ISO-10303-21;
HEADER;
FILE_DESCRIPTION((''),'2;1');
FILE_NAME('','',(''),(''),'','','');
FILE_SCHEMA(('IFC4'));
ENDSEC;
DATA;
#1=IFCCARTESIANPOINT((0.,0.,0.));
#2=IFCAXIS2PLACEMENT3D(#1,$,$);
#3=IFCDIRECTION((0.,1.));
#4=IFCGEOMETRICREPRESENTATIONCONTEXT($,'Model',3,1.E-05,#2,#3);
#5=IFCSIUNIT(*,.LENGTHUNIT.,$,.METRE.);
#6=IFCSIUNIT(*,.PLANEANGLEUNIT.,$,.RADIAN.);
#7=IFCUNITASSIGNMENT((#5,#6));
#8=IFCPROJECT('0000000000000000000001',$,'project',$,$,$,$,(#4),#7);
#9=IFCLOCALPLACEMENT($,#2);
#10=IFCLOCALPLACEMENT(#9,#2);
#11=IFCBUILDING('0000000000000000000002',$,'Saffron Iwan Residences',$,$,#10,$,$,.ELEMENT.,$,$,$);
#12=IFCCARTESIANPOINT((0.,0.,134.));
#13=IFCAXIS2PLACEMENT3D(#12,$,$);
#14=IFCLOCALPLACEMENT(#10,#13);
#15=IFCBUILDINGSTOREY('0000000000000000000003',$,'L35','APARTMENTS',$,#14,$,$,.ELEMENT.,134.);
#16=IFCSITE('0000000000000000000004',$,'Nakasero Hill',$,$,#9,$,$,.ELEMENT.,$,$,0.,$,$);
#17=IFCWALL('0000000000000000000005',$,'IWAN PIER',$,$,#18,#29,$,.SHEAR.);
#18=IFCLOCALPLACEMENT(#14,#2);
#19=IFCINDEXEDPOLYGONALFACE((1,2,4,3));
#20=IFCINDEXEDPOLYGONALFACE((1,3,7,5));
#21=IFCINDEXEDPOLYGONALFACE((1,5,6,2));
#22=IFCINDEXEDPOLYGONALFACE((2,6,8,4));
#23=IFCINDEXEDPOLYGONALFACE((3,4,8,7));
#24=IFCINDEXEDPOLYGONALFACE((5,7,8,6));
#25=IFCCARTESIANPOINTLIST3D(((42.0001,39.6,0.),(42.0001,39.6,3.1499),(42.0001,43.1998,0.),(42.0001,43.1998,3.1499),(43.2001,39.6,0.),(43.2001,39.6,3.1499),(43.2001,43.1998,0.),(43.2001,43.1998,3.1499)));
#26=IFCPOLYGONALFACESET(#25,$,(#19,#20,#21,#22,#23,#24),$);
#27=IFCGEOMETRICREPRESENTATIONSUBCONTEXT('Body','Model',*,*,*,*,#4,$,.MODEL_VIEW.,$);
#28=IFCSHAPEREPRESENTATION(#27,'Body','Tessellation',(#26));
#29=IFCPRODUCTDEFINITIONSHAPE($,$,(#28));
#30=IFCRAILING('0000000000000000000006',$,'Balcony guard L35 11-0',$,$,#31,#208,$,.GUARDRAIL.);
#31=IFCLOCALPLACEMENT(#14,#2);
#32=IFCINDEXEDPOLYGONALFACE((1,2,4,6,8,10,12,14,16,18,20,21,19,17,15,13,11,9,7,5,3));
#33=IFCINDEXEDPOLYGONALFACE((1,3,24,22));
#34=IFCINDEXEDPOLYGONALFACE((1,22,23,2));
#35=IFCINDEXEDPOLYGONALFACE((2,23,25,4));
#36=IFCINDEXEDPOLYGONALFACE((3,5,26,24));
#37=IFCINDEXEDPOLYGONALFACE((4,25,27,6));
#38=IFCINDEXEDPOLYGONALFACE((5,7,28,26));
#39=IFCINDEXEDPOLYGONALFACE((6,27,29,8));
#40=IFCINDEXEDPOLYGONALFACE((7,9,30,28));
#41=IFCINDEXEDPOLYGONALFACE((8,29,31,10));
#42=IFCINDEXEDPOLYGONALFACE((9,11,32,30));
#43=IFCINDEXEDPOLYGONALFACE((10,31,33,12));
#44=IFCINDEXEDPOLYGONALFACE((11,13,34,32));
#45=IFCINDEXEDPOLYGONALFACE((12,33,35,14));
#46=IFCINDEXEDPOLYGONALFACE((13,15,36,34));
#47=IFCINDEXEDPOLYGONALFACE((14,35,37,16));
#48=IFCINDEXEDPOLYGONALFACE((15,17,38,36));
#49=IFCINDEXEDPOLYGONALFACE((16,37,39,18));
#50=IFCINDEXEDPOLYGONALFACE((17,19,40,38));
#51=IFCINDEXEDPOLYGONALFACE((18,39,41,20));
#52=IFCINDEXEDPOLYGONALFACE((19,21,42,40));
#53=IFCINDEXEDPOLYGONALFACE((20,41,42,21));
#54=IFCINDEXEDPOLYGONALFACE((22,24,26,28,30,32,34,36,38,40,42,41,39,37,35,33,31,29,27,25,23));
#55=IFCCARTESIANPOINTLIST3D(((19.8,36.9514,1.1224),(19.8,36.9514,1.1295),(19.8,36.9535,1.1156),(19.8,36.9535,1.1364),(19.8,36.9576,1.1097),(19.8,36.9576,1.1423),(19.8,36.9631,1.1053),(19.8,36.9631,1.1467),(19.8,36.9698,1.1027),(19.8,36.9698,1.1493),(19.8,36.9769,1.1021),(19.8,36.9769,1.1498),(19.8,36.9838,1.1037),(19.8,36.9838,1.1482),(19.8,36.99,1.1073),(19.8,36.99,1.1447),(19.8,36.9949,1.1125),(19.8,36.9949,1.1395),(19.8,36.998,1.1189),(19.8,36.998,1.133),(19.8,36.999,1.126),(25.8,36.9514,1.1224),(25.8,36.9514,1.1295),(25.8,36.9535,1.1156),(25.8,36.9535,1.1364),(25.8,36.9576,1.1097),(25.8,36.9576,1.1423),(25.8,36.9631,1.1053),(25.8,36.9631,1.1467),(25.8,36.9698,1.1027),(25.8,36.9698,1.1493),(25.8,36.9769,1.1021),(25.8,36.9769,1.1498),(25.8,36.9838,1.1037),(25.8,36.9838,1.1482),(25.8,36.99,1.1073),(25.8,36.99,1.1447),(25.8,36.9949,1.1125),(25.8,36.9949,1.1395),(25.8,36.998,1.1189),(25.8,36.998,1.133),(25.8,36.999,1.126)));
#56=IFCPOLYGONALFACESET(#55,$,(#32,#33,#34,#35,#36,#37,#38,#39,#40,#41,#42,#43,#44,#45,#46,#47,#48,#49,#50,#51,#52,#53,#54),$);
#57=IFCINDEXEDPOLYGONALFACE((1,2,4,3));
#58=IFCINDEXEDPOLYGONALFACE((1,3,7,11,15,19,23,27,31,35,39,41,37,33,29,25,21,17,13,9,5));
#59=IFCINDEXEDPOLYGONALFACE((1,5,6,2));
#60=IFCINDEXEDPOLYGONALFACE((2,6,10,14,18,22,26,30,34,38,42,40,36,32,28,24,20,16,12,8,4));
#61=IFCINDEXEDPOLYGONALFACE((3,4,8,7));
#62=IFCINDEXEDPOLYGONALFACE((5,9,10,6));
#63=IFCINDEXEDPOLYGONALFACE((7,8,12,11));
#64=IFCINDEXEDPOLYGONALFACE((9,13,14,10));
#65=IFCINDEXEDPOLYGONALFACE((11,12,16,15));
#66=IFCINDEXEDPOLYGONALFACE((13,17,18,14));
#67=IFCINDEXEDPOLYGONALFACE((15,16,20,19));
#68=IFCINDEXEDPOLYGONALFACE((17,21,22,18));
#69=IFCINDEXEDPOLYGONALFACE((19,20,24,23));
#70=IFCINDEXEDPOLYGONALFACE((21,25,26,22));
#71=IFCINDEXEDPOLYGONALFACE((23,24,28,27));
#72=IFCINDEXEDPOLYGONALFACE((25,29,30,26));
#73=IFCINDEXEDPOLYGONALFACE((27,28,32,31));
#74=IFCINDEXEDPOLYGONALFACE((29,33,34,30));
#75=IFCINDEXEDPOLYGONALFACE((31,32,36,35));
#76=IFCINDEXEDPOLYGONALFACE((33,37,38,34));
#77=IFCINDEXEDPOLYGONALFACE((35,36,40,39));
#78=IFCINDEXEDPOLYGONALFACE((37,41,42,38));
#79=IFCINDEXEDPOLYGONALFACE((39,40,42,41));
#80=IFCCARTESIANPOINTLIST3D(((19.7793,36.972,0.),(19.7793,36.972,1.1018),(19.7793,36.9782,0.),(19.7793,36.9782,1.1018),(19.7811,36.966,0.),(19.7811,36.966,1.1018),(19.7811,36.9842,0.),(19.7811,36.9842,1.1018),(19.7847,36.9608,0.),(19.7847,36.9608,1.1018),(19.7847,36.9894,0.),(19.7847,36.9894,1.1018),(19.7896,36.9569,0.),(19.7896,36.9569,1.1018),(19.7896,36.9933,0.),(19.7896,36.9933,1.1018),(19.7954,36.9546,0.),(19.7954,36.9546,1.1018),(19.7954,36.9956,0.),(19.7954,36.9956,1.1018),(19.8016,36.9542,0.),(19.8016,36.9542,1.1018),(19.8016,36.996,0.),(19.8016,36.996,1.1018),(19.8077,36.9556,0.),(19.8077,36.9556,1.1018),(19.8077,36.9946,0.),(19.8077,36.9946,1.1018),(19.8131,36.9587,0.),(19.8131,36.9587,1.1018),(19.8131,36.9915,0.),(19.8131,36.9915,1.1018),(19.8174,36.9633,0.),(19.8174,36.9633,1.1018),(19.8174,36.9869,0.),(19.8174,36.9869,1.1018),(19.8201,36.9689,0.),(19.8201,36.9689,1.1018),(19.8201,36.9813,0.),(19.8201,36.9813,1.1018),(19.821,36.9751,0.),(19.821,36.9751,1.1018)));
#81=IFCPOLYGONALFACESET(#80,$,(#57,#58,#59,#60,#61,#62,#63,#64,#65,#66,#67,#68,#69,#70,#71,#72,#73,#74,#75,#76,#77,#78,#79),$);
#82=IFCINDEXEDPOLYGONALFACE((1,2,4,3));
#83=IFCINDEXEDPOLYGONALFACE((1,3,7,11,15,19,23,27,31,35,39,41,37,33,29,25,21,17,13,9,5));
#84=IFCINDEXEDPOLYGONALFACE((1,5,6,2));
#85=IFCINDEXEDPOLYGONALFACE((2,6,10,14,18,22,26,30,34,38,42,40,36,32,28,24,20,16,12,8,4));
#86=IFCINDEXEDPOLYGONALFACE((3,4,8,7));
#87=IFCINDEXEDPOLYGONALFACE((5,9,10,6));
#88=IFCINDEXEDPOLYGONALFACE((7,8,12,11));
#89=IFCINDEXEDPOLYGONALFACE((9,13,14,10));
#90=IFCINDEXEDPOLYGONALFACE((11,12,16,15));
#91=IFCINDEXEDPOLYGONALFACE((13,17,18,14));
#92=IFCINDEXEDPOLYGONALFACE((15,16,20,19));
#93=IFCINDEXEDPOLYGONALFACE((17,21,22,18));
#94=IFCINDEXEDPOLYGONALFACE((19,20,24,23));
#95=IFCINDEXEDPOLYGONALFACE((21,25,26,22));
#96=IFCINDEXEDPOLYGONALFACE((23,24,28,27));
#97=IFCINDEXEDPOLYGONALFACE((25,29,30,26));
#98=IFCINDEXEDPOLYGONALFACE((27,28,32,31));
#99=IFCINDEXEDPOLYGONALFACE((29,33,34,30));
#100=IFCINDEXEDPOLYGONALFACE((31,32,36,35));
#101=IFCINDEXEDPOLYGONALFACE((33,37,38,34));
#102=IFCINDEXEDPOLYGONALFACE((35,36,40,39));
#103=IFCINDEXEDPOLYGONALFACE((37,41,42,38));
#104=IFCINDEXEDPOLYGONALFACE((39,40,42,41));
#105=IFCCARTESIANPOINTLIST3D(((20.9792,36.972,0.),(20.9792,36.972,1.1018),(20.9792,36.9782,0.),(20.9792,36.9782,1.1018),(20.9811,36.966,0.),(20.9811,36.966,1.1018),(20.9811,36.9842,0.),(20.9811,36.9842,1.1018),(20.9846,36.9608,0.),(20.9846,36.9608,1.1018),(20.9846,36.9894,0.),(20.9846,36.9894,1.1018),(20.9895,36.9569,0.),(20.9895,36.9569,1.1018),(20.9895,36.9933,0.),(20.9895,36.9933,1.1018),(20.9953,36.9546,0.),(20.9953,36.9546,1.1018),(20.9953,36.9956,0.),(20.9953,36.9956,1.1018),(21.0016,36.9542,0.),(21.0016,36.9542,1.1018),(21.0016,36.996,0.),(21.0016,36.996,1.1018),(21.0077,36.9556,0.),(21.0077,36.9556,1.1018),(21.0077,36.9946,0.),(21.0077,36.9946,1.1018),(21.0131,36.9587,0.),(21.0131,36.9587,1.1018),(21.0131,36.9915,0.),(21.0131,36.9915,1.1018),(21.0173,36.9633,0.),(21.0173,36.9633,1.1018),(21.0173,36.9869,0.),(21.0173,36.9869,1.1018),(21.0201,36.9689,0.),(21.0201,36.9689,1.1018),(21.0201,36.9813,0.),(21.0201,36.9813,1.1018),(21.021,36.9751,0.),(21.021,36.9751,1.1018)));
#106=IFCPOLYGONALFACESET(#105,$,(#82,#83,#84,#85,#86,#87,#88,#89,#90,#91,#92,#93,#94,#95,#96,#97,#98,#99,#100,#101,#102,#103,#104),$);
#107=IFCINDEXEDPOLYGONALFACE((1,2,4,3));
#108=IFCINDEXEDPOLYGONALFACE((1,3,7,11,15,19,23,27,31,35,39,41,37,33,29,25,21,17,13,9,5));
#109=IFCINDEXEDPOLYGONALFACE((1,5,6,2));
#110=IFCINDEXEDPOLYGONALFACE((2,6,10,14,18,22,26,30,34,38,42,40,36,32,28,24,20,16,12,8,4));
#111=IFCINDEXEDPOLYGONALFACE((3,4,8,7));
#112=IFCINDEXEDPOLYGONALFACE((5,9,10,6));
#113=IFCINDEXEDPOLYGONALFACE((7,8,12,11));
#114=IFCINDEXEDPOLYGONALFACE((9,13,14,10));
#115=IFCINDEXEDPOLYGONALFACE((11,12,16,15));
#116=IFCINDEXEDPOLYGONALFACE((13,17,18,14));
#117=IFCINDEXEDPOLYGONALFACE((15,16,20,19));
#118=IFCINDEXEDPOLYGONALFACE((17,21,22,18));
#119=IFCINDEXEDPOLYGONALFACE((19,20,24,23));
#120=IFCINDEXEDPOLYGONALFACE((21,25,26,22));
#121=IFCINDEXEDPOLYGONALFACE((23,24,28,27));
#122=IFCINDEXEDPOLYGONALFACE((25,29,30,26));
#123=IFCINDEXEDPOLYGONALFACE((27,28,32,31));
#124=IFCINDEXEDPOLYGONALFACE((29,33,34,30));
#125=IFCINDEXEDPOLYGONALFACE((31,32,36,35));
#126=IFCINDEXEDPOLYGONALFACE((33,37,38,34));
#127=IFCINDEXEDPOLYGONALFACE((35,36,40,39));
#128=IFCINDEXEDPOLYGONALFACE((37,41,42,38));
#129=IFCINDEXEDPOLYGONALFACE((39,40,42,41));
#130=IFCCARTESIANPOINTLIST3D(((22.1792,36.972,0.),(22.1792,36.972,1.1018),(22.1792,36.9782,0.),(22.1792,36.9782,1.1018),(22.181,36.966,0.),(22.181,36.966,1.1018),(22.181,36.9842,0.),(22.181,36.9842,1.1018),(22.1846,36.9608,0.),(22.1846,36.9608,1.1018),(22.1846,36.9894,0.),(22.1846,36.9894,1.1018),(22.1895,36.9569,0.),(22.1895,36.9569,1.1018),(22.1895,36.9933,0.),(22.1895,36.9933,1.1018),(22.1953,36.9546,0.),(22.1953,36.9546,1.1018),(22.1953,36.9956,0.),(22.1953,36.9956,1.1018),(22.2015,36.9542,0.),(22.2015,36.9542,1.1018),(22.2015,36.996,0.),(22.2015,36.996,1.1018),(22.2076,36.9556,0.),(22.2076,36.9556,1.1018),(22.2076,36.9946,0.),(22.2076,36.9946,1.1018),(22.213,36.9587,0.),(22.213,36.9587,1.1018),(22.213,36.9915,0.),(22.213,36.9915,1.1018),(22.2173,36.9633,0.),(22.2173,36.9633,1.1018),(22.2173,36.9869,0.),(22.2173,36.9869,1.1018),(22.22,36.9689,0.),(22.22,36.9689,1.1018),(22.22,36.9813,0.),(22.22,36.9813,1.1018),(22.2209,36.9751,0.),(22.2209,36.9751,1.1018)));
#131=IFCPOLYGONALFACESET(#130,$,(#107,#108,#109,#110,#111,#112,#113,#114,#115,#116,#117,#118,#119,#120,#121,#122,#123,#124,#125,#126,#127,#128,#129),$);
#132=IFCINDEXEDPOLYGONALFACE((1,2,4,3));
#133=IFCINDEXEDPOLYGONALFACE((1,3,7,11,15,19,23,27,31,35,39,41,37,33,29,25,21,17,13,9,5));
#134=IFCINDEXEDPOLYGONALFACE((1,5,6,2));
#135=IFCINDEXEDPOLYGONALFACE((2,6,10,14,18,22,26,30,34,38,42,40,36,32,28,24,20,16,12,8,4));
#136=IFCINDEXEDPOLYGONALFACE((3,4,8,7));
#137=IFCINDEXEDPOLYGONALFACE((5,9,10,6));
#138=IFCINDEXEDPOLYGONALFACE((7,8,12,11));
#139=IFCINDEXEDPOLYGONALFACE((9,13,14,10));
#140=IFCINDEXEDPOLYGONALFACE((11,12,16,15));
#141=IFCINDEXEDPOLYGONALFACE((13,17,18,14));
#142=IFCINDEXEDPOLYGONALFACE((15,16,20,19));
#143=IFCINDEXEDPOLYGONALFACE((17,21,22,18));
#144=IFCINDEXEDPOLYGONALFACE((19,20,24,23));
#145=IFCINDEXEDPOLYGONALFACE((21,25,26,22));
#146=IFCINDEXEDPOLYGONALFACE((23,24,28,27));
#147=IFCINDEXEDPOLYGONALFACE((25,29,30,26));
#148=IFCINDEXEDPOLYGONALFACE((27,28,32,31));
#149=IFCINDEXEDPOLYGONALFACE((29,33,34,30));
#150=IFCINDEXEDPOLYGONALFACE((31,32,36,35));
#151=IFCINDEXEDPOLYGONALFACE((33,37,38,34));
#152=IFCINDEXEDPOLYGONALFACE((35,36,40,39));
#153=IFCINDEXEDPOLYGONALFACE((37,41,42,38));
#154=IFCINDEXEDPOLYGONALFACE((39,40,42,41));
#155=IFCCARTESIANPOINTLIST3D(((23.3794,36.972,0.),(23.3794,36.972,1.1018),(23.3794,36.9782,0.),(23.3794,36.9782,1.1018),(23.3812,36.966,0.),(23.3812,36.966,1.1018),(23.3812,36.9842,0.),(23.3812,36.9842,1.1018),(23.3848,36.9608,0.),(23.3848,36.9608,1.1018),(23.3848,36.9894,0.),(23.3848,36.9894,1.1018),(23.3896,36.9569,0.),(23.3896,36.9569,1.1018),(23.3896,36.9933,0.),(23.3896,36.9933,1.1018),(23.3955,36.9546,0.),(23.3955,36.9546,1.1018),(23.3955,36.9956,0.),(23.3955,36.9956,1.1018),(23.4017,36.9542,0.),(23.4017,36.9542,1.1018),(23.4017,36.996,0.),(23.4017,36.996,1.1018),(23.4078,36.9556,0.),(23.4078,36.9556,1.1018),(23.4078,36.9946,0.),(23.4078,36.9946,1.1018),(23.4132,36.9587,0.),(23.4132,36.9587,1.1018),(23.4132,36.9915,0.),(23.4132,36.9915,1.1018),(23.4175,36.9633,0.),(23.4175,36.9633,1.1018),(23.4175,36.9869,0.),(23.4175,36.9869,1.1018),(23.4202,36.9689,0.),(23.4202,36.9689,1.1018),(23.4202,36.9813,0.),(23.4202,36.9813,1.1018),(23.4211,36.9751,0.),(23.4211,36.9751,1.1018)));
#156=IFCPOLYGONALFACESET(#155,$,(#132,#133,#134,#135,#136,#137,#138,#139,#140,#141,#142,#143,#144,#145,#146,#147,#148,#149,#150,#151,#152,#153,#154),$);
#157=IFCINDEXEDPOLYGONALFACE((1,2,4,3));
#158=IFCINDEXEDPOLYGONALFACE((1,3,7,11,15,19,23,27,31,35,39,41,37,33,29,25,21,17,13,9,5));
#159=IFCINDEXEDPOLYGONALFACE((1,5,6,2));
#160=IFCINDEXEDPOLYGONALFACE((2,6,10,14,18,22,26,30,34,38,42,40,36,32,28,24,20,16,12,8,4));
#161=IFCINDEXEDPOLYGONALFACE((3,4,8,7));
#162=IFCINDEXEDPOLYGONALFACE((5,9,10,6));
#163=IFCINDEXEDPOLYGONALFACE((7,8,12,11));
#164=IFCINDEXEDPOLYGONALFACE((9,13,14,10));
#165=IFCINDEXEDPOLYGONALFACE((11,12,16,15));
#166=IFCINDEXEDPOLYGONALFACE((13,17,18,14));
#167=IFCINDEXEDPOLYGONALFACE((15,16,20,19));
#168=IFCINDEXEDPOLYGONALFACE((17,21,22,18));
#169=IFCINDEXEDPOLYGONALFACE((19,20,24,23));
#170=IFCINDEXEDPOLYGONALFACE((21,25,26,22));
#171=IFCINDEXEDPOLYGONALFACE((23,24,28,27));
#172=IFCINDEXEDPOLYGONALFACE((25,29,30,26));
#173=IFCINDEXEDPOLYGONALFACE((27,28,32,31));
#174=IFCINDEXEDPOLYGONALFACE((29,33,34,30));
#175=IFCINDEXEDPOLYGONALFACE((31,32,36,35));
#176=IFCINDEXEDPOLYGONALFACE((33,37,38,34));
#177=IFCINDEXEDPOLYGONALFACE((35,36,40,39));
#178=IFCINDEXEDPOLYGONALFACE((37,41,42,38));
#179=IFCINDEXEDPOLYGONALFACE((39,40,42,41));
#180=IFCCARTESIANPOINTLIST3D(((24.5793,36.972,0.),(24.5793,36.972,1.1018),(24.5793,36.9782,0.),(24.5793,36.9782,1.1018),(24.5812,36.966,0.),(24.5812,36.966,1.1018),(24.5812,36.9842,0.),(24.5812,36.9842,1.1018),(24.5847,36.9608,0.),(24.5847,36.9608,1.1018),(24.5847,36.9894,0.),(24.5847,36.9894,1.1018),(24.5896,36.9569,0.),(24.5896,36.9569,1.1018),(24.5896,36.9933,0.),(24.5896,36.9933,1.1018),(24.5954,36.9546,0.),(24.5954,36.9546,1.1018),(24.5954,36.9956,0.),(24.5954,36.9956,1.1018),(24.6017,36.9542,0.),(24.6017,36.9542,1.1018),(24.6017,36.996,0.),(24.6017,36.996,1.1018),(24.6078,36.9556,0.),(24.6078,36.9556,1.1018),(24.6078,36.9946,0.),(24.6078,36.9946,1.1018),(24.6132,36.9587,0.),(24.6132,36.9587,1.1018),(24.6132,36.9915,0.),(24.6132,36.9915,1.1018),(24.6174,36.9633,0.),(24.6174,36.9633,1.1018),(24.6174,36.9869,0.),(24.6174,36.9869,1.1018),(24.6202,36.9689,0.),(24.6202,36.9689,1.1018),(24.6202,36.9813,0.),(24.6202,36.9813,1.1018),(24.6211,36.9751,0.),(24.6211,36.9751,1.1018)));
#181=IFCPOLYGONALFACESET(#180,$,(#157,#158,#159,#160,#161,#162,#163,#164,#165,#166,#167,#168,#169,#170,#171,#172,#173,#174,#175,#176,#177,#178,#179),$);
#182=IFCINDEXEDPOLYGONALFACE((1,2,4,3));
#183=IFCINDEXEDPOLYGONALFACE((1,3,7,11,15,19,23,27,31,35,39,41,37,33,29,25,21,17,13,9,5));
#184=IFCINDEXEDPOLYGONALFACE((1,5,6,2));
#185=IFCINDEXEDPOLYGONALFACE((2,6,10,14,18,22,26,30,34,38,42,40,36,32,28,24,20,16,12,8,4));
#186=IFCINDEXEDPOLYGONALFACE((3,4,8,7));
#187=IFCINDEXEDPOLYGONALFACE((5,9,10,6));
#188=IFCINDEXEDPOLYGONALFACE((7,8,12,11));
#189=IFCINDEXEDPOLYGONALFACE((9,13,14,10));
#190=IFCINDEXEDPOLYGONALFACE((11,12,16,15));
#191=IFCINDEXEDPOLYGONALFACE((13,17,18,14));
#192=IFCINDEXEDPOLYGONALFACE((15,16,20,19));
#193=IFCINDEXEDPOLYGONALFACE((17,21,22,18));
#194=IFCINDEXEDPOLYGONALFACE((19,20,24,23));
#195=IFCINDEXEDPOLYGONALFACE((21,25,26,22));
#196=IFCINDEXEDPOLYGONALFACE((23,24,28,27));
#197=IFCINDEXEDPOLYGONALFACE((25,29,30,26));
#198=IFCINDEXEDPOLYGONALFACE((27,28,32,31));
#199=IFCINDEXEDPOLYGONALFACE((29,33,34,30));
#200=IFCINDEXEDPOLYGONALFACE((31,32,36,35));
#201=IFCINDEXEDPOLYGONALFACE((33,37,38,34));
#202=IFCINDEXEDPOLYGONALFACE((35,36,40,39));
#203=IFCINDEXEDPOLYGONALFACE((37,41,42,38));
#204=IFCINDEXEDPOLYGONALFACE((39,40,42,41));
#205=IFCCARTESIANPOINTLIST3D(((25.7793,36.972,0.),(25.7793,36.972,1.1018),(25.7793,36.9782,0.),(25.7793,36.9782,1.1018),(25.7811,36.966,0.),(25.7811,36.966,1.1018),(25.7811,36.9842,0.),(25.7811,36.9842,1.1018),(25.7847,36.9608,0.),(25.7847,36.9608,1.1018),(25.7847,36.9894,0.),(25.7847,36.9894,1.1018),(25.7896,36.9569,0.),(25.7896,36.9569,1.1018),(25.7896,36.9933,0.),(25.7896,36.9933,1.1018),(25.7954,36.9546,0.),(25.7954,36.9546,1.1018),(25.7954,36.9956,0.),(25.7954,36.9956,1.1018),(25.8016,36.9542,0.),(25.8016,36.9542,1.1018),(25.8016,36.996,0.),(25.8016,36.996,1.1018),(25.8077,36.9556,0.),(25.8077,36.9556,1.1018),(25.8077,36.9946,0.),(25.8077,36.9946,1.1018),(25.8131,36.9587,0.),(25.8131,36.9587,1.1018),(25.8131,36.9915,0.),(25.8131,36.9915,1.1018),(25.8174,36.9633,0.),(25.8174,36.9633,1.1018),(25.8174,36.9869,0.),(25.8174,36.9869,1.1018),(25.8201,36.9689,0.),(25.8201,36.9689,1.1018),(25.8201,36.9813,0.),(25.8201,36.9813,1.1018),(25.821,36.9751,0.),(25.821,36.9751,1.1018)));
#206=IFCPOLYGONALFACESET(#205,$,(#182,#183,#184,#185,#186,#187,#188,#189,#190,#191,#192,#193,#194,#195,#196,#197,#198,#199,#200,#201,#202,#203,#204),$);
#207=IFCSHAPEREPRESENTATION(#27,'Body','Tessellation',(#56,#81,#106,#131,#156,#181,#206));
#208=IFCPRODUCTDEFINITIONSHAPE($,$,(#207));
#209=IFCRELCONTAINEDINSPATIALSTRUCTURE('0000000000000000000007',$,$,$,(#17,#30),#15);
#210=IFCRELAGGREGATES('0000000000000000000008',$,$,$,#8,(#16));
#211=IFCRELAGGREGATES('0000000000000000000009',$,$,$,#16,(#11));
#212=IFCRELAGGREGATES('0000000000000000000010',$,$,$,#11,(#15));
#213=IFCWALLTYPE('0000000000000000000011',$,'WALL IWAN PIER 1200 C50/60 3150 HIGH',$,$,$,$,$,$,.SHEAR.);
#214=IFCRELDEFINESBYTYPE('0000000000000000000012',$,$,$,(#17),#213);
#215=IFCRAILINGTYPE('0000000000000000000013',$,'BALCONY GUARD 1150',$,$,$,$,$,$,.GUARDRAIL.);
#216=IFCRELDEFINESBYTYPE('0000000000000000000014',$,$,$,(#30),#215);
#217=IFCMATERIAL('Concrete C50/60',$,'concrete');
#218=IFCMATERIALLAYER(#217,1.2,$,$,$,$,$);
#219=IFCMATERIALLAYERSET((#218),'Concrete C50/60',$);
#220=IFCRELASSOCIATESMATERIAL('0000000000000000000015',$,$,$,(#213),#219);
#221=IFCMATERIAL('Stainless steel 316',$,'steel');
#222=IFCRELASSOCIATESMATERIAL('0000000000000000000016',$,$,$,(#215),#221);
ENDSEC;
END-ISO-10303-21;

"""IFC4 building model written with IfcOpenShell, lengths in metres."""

from ifc_helpers import new_model, si_unit, direction, frame, frame_2d, origin, origin_2d, place, context, subcontext, project, spatial, rectangle, circle, extrude, material, layer, layer_set, type_object, element, save


model = new_model("IFC4")

# Units and contexts
model_context = context("Model", 3, precision=1e-05, world=origin(), true_north=direction((0.0, 1.0)))
body_context = subcontext(model_context, "Body", "Model", "MODEL_VIEW")
ifc_project = project(units=[si_unit("LENGTHUNIT", "METRE"), si_unit("PLANEANGLEUNIT", "RADIAN")], contexts=[model_context])

# Site, building, storey
site_placement = place(None, origin())
site = spatial("IfcSite", under=ifc_project, at=site_placement, Name="Nakasero Hill", CompositionType="ELEMENT", RefElevation=0.0)
building_placement = place(site_placement, origin())
building = spatial("IfcBuilding", under=site, at=building_placement, Name="Saffron Iwan Residences", CompositionType="ELEMENT")
storey_placement = place(building_placement, frame((0.0, 0.0, 134.0)))
storey = spatial("IfcBuildingStorey", under=building, at=storey_placement, Name="L35", Description="APARTMENTS", CompositionType="ELEMENT", Elevation=134.0)

# Shared definitions
ifc_material_1 = material(Name="Concrete C50/60", Category="concrete")

# Wall
ifc_layer_1 = layer(ifc_material_1, 1.2)
ifc_layer_set_1 = layer_set([ifc_layer_1], Name="Concrete C50/60")
wall_type_1 = type_object("IfcWallType", Name="WALL IWAN PIER 1200 C50/60 3150 HIGH", PredefinedType="SHEAR", material=ifc_layer_set_1)
wall_1_placement = place(storey_placement, frame((42.6001, 39.6001, 0.0), z_axis=(0.0, 0.0, 1.0), x_axis=(0.0, 1.0, 0.0)))
element("IfcWall", 1, at=wall_1_placement, inside=storey, type_object=wall_type_1, Name="IWAN PIER", PredefinedType="SHEAR", context=body_context, shape_type="SweptSolid", body=[
    extrude(rectangle(XDim=3.5999, YDim=1.2, at=frame_2d((1.7998, 0.0))), origin(), (0.0, 0.0, 1.0), 3.1499),
])

# Railing
ifc_material_2 = material(Name="Stainless steel 316", Category="steel")
railing_type = type_object("IfcRailingType", Name="BALCONY GUARD 1150", PredefinedType="GUARDRAIL", material=ifc_material_2)
railing_placement = place(storey_placement, frame((19.8, 36.9751, 0.0)))
element("IfcRailing", 2, at=railing_placement, inside=storey, type_object=railing_type, Name="Balcony guard L35 11-0", PredefinedType="GUARDRAIL", context=body_context, shape_type="SweptSolid", body=[
    extrude(circle(Radius=0.0239, at=origin_2d()), frame((0.0, 0.0, 1.126), z_axis=(1.0, 0.0, 0.0), x_axis=(0.0, 1.0, 0.0)), (0.0, 0.0, 1.0), 6.0),
    extrude(circle(Radius=0.021, at=origin_2d()), origin(), (0.0, 0.0, 1.0), 1.1018),
    extrude(circle(Radius=0.021, at=origin_2d()), frame((1.2, 0.0, 0.0)), (0.0, 0.0, 1.0), 1.1018),
    extrude(circle(Radius=0.021, at=origin_2d()), frame((2.3999, 0.0, 0.0)), (0.0, 0.0, 1.0), 1.1018),
    extrude(circle(Radius=0.021, at=origin_2d()), frame((3.6001, 0.0, 0.0)), (0.0, 0.0, 1.0), 1.1018),
    extrude(circle(Radius=0.021, at=origin_2d()), frame((4.8, 0.0, 0.0)), (0.0, 0.0, 1.0), 1.1018),
    extrude(circle(Radius=0.021, at=origin_2d()), frame((6.0, 0.0, 0.0)), (0.0, 0.0, 1.0), 1.1018),
])

save(model, "model.ifc")
